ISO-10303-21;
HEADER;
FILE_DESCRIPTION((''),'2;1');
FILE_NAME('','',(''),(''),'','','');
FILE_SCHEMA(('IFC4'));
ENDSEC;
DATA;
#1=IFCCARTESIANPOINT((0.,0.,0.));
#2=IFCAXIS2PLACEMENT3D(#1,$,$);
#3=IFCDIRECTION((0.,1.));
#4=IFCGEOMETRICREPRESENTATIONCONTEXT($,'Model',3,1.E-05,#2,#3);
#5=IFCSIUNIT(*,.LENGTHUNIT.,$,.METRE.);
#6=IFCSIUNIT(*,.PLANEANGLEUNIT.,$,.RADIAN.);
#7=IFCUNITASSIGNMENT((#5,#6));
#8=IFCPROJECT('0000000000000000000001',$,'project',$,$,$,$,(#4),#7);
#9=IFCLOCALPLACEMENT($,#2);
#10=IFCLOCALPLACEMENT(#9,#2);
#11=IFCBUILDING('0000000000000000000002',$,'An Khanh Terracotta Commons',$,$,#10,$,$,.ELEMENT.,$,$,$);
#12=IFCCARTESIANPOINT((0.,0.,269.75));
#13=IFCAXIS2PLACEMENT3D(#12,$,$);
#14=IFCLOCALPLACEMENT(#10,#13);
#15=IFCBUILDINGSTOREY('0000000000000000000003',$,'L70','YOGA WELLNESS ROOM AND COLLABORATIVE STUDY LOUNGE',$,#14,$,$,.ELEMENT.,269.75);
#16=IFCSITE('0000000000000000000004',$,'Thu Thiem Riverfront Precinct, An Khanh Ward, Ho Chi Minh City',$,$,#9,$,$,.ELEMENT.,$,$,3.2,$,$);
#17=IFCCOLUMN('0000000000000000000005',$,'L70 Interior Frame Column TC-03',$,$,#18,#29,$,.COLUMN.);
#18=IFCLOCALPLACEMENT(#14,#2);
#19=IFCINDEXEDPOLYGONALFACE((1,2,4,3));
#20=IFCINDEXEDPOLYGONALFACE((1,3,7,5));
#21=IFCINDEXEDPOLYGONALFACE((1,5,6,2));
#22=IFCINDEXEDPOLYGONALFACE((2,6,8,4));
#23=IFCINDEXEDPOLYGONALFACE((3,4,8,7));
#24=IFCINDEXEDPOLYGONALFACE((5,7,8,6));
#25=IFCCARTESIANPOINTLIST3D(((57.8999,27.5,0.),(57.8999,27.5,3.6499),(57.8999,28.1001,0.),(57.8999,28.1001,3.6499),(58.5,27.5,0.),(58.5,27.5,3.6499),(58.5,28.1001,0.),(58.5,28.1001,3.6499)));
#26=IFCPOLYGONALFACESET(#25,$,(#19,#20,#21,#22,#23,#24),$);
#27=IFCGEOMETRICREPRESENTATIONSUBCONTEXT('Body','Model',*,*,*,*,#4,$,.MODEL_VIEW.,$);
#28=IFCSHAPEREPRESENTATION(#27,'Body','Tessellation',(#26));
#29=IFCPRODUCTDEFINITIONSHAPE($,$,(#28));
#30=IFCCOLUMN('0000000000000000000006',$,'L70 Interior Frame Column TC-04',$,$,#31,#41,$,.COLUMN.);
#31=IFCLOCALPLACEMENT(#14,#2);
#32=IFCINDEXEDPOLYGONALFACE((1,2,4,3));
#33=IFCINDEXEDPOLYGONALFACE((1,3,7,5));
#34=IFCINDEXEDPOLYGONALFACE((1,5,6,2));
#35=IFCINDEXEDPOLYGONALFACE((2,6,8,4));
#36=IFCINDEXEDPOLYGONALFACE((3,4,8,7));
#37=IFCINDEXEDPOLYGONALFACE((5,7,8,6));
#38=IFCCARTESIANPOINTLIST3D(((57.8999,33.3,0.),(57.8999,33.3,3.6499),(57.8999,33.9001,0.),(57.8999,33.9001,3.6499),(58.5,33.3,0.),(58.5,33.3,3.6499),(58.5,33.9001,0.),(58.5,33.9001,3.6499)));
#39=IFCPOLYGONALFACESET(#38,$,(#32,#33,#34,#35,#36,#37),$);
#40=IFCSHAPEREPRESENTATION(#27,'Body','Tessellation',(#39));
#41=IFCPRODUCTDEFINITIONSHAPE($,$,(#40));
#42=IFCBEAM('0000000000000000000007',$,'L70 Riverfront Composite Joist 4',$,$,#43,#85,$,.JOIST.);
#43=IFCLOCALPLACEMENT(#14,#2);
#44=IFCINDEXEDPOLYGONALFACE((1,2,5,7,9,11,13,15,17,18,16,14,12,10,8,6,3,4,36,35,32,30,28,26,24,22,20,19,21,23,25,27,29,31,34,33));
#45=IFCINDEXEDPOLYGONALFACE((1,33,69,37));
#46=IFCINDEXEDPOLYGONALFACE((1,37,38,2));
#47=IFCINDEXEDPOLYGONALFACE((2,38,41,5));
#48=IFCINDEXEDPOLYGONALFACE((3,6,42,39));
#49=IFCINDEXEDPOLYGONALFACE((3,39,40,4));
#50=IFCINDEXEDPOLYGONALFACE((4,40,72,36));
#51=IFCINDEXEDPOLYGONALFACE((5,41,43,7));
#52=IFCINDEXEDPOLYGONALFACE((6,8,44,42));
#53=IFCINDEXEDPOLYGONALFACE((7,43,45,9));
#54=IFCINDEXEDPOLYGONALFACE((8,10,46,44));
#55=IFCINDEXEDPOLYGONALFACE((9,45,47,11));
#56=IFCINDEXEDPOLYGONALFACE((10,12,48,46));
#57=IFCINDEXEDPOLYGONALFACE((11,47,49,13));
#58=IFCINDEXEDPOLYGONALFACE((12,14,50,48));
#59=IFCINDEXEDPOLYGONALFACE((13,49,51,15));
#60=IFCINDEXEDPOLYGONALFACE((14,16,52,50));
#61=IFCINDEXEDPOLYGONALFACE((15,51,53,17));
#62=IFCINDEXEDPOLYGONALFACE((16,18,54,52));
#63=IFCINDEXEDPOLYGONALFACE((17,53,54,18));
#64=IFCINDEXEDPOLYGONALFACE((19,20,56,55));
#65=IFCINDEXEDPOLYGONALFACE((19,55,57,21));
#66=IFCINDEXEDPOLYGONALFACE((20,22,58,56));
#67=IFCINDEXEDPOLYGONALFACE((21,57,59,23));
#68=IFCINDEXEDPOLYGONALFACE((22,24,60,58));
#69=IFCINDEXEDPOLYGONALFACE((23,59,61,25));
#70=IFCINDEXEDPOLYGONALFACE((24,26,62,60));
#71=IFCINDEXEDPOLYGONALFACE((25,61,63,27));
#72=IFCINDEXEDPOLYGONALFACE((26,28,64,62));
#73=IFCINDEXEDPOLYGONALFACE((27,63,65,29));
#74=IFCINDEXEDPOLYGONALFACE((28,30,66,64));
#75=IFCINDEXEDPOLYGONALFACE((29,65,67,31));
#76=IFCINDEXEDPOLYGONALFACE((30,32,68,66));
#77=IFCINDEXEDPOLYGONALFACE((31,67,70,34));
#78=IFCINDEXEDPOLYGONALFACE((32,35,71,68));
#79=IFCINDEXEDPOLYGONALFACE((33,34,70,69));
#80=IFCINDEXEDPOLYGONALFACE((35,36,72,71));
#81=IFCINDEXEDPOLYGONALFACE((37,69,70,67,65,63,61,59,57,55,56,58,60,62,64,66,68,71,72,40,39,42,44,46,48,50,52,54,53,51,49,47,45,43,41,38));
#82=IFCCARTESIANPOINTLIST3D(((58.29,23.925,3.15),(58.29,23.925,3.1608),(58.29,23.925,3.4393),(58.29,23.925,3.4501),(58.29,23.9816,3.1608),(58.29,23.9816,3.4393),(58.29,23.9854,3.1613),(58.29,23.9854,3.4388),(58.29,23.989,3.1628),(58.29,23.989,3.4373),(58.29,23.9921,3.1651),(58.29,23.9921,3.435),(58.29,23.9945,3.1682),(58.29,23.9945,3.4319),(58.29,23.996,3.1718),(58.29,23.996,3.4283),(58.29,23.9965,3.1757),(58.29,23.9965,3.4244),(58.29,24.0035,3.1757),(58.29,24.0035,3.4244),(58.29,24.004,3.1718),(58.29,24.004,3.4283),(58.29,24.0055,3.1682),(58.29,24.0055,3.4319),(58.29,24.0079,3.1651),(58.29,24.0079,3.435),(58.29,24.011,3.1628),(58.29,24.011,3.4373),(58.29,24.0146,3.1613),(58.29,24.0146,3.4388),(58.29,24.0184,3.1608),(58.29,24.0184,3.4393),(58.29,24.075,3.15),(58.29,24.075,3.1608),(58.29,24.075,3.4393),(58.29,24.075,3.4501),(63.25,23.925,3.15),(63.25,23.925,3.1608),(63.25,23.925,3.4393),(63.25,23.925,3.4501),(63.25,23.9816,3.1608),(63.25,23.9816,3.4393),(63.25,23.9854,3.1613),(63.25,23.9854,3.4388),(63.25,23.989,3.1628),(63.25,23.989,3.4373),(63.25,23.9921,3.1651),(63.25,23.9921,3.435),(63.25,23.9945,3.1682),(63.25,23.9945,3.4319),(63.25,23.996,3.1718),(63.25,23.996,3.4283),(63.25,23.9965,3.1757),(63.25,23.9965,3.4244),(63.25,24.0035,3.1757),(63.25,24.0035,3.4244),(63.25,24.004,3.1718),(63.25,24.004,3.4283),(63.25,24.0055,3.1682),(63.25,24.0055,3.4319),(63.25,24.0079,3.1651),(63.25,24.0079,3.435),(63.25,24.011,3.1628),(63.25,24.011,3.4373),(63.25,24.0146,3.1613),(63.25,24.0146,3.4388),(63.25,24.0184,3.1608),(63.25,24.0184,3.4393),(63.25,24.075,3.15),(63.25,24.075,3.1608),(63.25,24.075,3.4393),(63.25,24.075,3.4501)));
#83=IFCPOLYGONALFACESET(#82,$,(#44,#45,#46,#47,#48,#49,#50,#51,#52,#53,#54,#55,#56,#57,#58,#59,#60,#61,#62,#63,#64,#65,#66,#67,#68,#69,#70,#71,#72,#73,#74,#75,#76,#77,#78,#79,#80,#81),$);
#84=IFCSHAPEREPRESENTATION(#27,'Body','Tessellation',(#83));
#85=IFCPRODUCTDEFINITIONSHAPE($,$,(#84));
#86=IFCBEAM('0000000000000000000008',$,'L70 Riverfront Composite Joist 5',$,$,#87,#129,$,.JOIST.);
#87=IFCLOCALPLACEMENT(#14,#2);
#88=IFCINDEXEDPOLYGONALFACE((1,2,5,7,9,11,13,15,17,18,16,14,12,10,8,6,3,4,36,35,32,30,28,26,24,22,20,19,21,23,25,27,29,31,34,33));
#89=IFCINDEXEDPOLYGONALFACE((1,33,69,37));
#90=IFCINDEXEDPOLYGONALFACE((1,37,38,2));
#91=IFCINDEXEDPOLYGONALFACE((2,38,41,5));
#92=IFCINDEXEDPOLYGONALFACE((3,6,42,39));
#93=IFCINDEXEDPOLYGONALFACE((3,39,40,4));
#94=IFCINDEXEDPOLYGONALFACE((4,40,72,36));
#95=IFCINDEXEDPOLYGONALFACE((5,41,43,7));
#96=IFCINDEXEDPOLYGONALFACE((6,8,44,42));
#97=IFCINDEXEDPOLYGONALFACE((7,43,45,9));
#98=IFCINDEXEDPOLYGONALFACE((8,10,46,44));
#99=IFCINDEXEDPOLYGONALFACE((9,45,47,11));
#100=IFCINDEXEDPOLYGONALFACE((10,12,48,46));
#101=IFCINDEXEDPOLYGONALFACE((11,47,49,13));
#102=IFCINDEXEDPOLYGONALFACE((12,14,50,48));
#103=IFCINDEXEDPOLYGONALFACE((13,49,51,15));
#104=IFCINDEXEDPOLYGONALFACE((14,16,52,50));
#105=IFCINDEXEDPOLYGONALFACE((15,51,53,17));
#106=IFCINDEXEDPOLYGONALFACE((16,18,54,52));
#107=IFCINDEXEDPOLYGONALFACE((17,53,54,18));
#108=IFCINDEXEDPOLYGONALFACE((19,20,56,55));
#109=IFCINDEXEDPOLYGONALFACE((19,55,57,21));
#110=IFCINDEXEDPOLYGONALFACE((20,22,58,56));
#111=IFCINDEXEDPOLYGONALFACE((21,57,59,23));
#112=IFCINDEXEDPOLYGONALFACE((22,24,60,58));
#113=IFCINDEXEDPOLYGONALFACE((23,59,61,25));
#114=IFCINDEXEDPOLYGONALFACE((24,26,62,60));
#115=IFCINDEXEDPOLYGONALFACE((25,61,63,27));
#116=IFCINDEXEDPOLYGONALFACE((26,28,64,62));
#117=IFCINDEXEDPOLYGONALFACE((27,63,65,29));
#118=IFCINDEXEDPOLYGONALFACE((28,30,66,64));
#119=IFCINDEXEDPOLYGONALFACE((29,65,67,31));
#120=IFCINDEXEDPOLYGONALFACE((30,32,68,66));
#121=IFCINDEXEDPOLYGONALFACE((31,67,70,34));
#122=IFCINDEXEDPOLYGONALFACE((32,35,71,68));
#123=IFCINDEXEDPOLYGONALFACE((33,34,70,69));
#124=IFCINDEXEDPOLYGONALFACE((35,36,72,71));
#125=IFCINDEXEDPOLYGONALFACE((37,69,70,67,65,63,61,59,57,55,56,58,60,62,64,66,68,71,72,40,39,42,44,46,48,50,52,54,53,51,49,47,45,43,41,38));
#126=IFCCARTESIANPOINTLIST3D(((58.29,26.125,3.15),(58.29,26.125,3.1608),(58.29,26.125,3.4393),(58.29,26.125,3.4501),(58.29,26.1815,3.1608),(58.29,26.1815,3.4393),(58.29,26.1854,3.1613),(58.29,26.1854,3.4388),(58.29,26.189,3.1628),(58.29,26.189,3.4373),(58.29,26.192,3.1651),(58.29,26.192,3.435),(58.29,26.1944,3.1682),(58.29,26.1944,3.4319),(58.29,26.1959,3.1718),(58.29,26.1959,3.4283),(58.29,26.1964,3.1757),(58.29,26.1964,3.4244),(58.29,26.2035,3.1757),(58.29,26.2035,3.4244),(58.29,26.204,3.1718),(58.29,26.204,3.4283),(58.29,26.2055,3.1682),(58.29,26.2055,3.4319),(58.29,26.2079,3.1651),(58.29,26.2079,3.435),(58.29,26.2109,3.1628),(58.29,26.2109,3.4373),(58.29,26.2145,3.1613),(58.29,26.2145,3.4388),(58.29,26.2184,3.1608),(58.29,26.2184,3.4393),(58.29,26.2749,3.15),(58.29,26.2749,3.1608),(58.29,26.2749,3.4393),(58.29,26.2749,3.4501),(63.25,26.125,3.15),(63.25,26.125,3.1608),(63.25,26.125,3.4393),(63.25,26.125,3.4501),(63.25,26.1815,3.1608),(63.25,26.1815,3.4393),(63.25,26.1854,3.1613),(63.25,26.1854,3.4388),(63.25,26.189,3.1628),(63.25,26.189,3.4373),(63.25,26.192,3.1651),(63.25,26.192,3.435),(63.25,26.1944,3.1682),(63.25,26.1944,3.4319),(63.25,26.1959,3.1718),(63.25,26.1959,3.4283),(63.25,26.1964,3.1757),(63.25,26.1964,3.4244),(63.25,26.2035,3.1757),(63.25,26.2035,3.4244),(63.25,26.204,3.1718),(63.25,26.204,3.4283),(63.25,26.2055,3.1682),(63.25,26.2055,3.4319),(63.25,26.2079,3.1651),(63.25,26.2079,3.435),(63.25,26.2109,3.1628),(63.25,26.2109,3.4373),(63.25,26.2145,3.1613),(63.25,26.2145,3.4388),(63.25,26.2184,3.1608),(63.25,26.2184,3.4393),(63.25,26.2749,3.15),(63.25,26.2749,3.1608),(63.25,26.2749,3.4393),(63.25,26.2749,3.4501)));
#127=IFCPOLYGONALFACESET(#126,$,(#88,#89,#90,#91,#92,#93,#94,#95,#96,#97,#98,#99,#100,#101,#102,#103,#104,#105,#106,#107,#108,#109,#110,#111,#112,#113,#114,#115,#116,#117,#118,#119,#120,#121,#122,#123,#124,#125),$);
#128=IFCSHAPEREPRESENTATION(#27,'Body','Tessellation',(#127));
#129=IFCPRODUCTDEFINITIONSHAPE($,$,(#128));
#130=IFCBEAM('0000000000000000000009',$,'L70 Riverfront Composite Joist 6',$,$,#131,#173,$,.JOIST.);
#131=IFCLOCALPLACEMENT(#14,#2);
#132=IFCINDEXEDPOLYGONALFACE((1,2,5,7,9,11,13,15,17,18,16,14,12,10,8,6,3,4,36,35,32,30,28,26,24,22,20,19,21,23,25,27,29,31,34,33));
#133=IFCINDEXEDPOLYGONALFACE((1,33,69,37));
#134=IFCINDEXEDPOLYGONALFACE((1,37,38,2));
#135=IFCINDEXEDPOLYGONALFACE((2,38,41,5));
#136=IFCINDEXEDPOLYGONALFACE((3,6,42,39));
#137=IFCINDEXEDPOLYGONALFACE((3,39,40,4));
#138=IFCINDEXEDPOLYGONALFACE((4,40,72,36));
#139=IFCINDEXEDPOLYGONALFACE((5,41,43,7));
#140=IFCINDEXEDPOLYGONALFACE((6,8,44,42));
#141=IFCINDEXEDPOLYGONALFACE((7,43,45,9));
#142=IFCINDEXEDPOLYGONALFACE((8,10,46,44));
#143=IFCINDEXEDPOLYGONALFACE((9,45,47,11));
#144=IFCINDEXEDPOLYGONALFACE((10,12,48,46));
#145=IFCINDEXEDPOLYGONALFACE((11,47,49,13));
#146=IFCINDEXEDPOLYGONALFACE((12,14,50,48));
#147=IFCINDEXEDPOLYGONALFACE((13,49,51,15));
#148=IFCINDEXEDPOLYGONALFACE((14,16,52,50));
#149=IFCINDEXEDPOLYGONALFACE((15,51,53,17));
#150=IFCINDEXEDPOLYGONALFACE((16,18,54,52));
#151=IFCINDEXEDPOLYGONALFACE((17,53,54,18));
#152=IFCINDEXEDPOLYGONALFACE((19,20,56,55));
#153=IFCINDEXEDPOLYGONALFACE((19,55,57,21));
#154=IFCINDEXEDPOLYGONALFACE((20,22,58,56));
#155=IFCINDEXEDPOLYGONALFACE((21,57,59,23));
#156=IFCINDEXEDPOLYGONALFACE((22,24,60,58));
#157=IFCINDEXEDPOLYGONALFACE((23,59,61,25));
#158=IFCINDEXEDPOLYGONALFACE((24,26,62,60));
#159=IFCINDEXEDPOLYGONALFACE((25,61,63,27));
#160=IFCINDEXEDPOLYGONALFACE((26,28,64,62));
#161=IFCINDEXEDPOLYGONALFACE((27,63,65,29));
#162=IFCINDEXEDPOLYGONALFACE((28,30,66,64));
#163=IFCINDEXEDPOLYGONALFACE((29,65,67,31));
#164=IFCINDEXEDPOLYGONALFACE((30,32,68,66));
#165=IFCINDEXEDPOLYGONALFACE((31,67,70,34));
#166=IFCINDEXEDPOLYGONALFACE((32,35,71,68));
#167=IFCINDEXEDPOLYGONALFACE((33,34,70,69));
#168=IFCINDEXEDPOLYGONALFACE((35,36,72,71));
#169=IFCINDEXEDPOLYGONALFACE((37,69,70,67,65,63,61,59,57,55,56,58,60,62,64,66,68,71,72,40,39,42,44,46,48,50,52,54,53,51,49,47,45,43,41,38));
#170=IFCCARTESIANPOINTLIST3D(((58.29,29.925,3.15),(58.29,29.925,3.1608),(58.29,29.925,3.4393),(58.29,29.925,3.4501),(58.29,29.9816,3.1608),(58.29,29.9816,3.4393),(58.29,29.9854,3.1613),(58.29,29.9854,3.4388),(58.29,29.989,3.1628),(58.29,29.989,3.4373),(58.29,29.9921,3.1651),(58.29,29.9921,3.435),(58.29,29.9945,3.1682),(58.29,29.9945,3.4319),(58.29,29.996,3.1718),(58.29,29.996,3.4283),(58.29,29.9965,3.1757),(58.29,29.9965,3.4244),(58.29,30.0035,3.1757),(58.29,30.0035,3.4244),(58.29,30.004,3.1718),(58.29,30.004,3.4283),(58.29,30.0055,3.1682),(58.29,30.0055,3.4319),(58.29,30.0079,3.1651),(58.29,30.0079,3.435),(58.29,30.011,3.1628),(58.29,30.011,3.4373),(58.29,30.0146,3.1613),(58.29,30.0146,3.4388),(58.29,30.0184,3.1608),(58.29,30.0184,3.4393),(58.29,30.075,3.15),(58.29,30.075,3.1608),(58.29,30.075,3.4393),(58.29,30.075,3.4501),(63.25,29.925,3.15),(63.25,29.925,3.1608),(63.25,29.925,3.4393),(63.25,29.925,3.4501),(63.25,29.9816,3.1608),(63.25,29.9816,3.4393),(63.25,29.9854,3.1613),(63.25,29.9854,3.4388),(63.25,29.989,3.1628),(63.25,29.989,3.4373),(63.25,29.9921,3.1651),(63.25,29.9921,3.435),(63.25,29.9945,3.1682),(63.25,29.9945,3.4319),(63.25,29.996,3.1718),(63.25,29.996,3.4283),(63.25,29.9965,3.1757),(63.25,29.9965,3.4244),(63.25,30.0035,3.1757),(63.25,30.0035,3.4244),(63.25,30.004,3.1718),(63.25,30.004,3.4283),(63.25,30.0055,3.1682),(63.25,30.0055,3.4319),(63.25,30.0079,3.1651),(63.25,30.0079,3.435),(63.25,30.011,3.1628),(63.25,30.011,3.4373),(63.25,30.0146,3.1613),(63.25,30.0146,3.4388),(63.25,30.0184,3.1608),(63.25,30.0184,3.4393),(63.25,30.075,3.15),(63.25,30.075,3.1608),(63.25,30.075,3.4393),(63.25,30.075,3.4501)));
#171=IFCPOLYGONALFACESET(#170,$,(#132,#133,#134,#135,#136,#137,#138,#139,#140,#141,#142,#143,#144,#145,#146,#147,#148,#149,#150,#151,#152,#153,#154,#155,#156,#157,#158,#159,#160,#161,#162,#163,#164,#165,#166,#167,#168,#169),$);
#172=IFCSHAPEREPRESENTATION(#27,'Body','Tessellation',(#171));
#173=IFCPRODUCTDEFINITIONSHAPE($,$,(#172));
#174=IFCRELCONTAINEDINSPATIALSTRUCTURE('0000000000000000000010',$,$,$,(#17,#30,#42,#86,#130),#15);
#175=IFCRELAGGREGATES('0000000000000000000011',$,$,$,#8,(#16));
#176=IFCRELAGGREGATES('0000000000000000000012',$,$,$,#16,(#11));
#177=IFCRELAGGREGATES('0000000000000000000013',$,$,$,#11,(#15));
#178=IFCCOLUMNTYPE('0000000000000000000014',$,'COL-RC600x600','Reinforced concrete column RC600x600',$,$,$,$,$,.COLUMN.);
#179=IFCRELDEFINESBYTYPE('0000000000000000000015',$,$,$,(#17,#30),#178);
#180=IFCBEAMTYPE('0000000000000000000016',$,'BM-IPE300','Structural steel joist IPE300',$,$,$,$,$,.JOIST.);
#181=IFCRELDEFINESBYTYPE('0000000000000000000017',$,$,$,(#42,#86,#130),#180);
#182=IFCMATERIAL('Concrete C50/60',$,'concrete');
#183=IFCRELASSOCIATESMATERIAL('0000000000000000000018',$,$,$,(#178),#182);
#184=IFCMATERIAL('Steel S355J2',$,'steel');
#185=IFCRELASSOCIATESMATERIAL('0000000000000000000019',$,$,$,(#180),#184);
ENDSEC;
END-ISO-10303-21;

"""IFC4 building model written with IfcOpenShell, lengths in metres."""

from ifc_helpers import new_model, si_unit, direction, frame, origin, origin_2d, place, context, subcontext, project, spatial, rectangle, i_section, extrude, material, material_profile, profile_set, type_object, element, save


model = new_model("IFC4")

# Units and contexts
model_context = context("Model", 3, precision=1e-05, world=origin(), true_north=direction((0.0, 1.0)))
body_context = subcontext(model_context, "Body", "Model", "MODEL_VIEW")
ifc_project = project(units=[si_unit("LENGTHUNIT", "METRE"), si_unit("PLANEANGLEUNIT", "RADIAN")], contexts=[model_context])

# Site, building, storey
site_placement = place(None, origin())
site = spatial("IfcSite", under=ifc_project, at=site_placement, Name="Thu Thiem Riverfront Precinct, An Khanh Ward, Ho Chi Minh City", CompositionType="ELEMENT", RefElevation=3.2)
building_placement = place(site_placement, origin())
building = spatial("IfcBuilding", under=site, at=building_placement, Name="An Khanh Terracotta Commons", CompositionType="ELEMENT")
storey_placement = place(building_placement, frame((0.0, 0.0, 269.75)))
storey = spatial("IfcBuildingStorey", under=building, at=storey_placement, Name="L70", Description="YOGA WELLNESS ROOM AND COLLABORATIVE STUDY LOUNGE", CompositionType="ELEMENT", Elevation=269.75)

# Columns
ifc_material_1 = material(Name="Concrete C50/60", Category="concrete")
ifc_material_profile_1 = material_profile(ifc_material_1, rectangle(XDim=0.6001, YDim=0.6001, at=origin_2d()), Name="RC600x600")
ifc_profile_set_1 = profile_set([ifc_material_profile_1], Name="Concrete C50/60")
column_type = type_object("IfcColumnType", Name="COL-RC600x600", Description="Reinforced concrete column RC600x600", PredefinedType="COLUMN", material=ifc_profile_set_1)
for number, where, z_axis, x_axis, name in (
    (1, (58.2, 27.8, 0.0), (0.0, 0.0, 1.0), (1.0, 0.0, 0.0), "L70 Interior Frame Column TC-03"),
    (2, (58.2, 33.6001, 0.0), (0.0, 0.0, 1.0), (1.0, 0.0, 0.0), "L70 Interior Frame Column TC-04"),
):
    element("IfcColumn", number, at=place(storey_placement, frame(where, z_axis=z_axis, x_axis=x_axis)), inside=storey, type_object=column_type, Name=name, PredefinedType="COLUMN", context=body_context, shape_type="SweptSolid", body=[
        extrude(rectangle(XDim=0.6001, YDim=0.6001, at=origin_2d()), origin(), (0.0, 0.0, 1.0), 3.6499),
    ])

# Beams
ifc_material_2 = material(Name="Steel S355J2", Category="steel")
ifc_material_profile_2 = material_profile(ifc_material_2, i_section(OverallWidth=0.1499, OverallDepth=0.3, WebThickness=0.0071, FlangeThickness=0.0107, FilletRadius=0.0149, at=origin_2d()), Name="IPE300")
ifc_profile_set_2 = profile_set([ifc_material_profile_2], Name="Steel S355J2")
beam_type_1 = type_object("IfcBeamType", Name="BM-IPE300", Description="Structural steel joist IPE300", PredefinedType="JOIST", material=ifc_profile_set_2)
for number, where, z_axis, x_axis, name in (
    (3, (58.29, 24.0, 3.3), (1.0, 0.0, 0.0), (0.0, 1.0, 0.0), "L70 Riverfront Composite Joist 4"),
    (4, (58.29, 26.2, 3.3), (1.0, 0.0, 0.0), (0.0, 1.0, 0.0), "L70 Riverfront Composite Joist 5"),
    (5, (58.29, 30.0, 3.3), (1.0, 0.0, 0.0), (0.0, 1.0, 0.0), "L70 Riverfront Composite Joist 6"),
):
    element("IfcBeam", number, at=place(storey_placement, frame(where, z_axis=z_axis, x_axis=x_axis)), inside=storey, type_object=beam_type_1, Name=name, PredefinedType="JOIST", context=body_context, shape_type="SweptSolid", body=[
        extrude(i_section(OverallWidth=0.1499, OverallDepth=0.3, WebThickness=0.0071, FlangeThickness=0.0107, FilletRadius=0.0149, at=origin_2d()), origin(), (0.0, 0.0, 1.0), 4.96),
    ])

save(model, "model.ifc")
